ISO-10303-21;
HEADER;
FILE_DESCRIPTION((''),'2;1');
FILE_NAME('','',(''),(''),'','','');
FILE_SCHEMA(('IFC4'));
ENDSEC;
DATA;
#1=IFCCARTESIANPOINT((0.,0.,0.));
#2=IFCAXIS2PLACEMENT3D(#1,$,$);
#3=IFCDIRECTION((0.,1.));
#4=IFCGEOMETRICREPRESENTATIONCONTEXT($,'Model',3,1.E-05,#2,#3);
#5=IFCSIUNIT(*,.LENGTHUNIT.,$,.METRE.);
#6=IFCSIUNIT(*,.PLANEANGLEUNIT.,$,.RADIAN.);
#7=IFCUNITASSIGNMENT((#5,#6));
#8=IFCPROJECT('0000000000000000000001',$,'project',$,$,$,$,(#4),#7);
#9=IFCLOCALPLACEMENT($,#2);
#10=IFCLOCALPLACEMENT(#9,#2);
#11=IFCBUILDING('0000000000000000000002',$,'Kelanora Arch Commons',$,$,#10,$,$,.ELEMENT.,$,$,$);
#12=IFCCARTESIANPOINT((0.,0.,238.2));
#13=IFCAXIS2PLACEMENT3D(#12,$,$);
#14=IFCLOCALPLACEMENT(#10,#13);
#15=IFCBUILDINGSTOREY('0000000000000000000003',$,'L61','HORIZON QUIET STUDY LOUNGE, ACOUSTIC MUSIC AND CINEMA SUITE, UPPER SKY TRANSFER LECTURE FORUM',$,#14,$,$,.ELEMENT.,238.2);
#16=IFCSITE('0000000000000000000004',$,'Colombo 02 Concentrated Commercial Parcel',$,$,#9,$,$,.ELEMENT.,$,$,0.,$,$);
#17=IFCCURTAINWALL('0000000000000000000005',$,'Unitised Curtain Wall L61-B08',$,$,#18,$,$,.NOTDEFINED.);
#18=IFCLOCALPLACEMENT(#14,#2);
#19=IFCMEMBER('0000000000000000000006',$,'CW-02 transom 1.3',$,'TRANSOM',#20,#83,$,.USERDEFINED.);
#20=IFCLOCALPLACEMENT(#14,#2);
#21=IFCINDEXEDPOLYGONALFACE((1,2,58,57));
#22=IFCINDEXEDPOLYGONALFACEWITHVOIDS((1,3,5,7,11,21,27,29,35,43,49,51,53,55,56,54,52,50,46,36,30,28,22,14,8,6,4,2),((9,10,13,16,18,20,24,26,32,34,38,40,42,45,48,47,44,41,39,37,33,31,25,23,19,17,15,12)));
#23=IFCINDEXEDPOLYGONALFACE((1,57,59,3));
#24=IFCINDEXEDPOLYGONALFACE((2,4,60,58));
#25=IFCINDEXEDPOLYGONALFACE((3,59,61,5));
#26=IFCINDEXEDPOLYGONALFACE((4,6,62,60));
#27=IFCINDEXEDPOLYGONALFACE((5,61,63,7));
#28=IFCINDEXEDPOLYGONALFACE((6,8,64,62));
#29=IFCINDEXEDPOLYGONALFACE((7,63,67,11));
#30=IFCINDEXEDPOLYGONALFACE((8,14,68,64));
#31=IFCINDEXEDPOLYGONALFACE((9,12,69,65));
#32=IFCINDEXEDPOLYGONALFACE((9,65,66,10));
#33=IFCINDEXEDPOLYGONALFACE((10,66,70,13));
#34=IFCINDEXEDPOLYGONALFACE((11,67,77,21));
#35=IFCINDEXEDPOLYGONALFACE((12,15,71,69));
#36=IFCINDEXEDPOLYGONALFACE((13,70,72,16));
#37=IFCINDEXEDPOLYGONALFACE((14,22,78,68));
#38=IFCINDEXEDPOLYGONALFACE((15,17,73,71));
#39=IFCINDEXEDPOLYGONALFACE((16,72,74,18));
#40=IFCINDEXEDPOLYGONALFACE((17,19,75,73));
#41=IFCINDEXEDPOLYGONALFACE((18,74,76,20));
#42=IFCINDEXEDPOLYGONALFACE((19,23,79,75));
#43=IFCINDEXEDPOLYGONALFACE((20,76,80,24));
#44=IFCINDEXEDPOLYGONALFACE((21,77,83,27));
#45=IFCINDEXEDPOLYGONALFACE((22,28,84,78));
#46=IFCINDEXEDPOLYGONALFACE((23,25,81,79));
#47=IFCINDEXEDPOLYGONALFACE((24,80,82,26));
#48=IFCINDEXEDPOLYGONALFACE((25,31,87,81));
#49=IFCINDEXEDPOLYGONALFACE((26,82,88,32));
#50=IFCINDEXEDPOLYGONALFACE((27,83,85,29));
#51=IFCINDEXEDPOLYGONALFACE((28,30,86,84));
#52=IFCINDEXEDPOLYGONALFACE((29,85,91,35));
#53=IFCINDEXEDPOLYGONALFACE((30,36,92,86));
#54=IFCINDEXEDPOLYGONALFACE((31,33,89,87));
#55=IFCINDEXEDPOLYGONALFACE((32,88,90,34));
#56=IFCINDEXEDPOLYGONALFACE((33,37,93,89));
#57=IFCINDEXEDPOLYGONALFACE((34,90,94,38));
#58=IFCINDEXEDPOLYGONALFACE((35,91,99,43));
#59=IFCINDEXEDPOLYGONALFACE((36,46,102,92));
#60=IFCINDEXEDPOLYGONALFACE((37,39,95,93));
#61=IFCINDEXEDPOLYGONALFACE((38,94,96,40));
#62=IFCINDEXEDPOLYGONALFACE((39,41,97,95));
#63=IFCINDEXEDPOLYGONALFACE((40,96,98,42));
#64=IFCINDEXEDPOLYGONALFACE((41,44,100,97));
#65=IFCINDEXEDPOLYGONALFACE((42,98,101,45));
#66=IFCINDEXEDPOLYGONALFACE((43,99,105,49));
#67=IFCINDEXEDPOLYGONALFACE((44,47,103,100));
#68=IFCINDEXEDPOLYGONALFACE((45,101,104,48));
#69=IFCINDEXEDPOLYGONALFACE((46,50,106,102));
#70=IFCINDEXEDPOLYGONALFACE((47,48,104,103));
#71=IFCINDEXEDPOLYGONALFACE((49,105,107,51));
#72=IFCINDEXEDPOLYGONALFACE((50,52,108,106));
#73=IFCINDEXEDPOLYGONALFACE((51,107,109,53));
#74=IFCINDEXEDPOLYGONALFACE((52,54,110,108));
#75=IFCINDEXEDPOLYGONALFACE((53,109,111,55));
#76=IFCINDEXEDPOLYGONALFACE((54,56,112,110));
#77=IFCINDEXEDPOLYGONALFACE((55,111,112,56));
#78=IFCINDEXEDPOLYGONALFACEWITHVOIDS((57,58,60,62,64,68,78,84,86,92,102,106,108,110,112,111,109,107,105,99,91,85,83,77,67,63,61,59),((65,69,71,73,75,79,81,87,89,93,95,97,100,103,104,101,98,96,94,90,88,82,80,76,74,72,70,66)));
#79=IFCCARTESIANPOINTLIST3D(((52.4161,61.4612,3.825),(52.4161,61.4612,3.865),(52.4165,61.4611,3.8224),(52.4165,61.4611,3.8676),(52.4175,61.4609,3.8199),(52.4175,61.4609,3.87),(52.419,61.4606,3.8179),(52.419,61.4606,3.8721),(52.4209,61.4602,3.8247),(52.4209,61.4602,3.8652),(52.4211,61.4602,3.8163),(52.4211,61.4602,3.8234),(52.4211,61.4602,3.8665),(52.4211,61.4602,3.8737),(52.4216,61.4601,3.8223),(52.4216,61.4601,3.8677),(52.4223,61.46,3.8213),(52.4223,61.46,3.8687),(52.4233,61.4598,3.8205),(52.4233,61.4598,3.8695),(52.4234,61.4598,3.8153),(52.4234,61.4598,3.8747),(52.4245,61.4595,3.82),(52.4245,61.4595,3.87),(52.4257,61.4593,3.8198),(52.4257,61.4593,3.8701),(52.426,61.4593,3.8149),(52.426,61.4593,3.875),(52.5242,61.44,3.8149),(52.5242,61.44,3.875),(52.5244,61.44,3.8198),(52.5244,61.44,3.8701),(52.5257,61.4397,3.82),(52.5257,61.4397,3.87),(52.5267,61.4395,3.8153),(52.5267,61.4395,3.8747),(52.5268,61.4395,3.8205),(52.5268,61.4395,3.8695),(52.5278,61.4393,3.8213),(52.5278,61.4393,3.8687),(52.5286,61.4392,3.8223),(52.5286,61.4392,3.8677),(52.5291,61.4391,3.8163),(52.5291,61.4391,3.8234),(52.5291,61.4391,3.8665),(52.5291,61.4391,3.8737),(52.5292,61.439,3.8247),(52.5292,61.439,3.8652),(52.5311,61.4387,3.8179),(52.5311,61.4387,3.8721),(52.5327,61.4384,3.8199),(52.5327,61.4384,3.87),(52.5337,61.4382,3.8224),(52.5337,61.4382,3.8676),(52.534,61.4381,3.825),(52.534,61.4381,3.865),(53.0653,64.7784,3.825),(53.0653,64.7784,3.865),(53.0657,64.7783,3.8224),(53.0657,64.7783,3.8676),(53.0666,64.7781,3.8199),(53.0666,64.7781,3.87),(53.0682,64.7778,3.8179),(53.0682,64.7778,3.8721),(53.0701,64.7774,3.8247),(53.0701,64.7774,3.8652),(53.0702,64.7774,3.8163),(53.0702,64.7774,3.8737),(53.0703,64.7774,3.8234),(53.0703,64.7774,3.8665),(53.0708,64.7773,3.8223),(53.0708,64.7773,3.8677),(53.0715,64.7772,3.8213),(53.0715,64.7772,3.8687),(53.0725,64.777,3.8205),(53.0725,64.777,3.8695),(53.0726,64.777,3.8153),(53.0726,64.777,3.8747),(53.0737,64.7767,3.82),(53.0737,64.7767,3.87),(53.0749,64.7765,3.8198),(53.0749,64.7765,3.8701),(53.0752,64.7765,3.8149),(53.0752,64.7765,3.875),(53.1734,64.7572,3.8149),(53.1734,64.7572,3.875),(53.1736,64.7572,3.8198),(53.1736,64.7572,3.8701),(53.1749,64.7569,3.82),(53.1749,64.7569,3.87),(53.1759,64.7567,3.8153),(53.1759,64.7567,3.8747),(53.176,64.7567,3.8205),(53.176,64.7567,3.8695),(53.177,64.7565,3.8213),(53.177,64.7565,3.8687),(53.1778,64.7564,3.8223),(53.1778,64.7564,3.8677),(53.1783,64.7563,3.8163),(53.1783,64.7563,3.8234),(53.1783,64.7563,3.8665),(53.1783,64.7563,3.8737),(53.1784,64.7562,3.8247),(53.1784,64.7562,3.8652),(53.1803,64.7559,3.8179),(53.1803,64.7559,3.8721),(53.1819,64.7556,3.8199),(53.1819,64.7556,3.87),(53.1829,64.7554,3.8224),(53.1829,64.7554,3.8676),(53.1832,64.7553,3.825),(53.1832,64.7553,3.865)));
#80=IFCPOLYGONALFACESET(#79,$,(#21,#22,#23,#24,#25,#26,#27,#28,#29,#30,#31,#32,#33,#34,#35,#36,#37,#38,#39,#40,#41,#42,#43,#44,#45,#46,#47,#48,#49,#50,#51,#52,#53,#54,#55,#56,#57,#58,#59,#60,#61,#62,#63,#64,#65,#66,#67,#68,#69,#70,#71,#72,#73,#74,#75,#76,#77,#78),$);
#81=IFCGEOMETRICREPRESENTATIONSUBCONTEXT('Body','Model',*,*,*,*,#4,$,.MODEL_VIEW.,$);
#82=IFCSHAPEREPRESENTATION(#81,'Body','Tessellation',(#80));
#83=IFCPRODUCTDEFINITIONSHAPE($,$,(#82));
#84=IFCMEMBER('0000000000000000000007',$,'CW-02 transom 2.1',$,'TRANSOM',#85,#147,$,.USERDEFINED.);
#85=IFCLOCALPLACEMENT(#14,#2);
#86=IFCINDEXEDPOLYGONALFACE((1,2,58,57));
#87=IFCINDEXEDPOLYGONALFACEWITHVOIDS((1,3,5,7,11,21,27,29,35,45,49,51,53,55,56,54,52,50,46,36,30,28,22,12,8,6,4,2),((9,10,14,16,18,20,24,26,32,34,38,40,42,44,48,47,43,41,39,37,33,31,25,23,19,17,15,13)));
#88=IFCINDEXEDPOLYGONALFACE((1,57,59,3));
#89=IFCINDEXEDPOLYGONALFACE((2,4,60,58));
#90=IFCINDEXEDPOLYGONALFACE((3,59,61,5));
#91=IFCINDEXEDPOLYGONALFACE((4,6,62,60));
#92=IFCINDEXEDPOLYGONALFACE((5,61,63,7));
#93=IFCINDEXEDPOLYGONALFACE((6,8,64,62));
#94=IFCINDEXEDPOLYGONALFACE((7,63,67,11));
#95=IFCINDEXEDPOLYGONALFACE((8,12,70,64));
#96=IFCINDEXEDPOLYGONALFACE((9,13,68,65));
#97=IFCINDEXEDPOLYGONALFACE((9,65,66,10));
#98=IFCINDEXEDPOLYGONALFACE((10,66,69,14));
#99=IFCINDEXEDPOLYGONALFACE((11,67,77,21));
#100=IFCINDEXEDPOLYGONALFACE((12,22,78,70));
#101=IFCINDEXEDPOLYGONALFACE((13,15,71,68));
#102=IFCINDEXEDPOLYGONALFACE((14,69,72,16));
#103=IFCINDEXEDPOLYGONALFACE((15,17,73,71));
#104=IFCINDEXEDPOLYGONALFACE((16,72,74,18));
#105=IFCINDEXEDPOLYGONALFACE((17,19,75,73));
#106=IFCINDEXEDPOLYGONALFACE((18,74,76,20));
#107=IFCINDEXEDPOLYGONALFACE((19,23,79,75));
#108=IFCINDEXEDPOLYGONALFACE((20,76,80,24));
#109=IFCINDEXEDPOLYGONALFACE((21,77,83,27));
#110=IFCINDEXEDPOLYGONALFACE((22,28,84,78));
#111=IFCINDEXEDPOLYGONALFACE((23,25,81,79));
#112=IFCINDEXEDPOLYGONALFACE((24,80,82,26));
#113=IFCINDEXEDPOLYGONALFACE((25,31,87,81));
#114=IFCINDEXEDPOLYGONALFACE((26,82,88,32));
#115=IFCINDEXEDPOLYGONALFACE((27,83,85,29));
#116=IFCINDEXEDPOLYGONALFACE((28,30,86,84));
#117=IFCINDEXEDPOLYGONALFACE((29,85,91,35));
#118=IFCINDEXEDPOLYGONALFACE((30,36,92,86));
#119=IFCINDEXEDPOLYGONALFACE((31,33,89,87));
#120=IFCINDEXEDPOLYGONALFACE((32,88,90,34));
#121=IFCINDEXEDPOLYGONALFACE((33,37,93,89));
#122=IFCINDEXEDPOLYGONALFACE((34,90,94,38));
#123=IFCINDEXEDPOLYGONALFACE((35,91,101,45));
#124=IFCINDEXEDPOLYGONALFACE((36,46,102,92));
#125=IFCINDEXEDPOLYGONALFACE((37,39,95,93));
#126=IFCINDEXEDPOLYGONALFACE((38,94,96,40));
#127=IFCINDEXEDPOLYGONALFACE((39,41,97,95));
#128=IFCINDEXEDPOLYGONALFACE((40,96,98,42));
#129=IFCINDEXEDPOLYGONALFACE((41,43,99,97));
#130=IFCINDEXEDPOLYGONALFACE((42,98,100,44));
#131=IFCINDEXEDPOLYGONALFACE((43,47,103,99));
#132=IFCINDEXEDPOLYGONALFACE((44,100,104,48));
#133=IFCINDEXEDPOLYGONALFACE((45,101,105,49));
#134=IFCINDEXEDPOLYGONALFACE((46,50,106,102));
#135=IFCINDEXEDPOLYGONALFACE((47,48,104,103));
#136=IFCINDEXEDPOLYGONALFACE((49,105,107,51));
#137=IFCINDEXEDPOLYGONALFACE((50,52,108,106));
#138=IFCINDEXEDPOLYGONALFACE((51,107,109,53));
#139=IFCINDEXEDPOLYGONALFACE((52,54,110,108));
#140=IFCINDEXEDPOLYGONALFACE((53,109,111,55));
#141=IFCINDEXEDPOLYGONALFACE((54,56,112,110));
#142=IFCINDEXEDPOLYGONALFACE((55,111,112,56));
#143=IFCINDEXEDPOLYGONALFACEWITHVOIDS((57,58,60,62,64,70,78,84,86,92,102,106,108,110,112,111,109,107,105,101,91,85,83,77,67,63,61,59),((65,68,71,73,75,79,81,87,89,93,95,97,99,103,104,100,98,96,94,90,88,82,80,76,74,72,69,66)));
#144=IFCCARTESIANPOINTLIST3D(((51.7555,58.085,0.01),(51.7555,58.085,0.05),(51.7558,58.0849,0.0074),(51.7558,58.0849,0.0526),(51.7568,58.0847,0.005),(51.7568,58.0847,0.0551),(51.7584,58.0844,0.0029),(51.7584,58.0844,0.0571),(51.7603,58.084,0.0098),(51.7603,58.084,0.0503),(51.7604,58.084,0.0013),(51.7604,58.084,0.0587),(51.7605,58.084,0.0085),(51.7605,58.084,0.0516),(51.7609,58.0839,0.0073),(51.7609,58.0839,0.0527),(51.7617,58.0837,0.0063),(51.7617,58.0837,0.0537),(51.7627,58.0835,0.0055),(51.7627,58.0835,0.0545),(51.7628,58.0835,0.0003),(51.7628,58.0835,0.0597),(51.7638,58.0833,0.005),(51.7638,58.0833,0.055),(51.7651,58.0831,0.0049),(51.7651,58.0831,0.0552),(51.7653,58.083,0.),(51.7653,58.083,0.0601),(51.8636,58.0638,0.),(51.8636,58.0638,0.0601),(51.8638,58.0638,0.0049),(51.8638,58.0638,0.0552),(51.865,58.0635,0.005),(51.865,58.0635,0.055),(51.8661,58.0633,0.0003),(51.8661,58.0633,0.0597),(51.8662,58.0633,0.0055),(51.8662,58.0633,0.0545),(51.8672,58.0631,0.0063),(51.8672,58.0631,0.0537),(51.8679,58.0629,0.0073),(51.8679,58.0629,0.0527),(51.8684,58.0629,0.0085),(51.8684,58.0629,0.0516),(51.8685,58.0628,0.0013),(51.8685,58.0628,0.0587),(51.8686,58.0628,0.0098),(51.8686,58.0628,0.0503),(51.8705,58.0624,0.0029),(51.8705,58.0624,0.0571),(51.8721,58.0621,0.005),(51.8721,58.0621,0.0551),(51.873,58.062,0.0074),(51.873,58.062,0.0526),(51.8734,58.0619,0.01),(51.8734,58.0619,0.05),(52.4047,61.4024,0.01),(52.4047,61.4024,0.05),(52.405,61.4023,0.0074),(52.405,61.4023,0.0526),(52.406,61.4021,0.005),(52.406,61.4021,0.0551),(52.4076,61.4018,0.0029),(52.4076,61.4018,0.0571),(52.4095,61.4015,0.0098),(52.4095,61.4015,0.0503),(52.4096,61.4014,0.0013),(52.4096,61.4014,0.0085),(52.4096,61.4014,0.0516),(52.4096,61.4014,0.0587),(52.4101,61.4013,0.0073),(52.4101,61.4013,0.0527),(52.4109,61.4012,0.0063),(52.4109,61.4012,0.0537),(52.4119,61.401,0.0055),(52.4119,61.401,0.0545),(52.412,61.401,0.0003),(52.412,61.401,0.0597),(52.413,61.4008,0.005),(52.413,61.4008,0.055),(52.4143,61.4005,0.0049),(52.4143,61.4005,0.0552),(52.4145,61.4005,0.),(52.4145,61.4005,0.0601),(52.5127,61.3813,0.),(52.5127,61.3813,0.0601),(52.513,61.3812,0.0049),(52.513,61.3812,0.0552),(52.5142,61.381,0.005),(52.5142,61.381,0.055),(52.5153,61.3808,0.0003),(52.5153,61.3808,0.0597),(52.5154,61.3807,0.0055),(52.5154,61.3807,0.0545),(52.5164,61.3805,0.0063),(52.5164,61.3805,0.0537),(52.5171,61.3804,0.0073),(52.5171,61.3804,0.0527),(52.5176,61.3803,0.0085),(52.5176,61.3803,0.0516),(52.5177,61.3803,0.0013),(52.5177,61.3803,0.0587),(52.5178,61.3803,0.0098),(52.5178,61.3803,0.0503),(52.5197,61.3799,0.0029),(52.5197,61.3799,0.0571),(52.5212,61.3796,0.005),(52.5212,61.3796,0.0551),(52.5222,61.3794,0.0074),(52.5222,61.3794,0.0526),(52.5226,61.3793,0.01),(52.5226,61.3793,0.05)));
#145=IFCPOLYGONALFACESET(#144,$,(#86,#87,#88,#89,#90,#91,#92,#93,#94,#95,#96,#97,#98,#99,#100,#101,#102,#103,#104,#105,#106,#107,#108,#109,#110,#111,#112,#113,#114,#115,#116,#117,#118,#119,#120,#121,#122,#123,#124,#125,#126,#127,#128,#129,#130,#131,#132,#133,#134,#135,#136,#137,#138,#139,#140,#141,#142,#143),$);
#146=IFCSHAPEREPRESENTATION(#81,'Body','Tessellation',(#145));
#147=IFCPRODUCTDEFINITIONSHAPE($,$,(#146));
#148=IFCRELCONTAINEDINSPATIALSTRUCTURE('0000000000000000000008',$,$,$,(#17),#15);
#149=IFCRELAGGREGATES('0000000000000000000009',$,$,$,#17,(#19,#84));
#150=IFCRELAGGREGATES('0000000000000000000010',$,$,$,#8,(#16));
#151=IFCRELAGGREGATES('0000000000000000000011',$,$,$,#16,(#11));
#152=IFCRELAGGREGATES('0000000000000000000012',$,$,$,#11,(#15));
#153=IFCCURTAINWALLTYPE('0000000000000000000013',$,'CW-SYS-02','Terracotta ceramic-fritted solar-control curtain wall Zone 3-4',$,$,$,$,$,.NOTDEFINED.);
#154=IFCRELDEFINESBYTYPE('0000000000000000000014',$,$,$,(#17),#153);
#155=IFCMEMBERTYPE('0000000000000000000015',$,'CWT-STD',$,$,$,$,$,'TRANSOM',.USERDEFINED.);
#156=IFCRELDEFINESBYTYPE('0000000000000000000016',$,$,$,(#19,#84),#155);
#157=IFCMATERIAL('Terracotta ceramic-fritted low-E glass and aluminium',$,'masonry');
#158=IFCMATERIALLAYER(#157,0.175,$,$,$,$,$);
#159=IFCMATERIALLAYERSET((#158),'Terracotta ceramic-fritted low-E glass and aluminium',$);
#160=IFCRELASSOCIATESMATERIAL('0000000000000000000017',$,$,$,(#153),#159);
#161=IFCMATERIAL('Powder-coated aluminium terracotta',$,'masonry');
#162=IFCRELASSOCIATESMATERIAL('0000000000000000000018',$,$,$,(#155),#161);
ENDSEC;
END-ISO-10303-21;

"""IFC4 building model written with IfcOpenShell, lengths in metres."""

from ifc_helpers import new_model, si_unit, direction, frame, origin, origin_2d, place, context, subcontext, project, spatial, hollow_rectangle, extrude, material, layer, layer_set, material_profile, profile_set, type_object, element, aggregate, save


model = new_model("IFC4")

# Units and contexts
model_context = context("Model", 3, precision=1e-05, world=origin(), true_north=direction((0.0, 1.0)))
body_context = subcontext(model_context, "Body", "Model", "MODEL_VIEW")
ifc_project = project(units=[si_unit("LENGTHUNIT", "METRE"), si_unit("PLANEANGLEUNIT", "RADIAN")], contexts=[model_context])

# Site, building, storey
site_placement = place(None, origin())
site = spatial("IfcSite", under=ifc_project, at=site_placement, Name="Colombo 02 Concentrated Commercial Parcel", CompositionType="ELEMENT", RefElevation=0.0)
building_placement = place(site_placement, origin())
building = spatial("IfcBuilding", under=site, at=building_placement, Name="Kelanora Arch Commons", CompositionType="ELEMENT")
storey_placement = place(building_placement, frame((0.0, 0.0, 238.2)))
storey = spatial("IfcBuildingStorey", under=building, at=storey_placement, Name="L61", Description="HORIZON QUIET STUDY LOUNGE, ACOUSTIC MUSIC AND CINEMA SUITE, UPPER SKY TRANSFER LECTURE FORUM", CompositionType="ELEMENT", Elevation=238.2)

# Curtain wall, members
ifc_material_1 = material(Name="Terracotta ceramic-fritted low-E glass and aluminium", Category="masonry")
ifc_layer_1 = layer(ifc_material_1, 0.175)
ifc_layer_set_1 = layer_set([ifc_layer_1], Name="Terracotta ceramic-fritted low-E glass and aluminium")
curtain_wall_type = type_object("IfcCurtainWallType", Name="CW-SYS-02", Description="Terracotta ceramic-fritted solar-control curtain wall Zone 3-4", PredefinedType="NOTDEFINED", material=ifc_layer_set_1)
curtain_wall_placement = place(storey_placement, origin())
curtain_wall = element("IfcCurtainWall", 1, at=curtain_wall_placement, inside=storey, type_object=curtain_wall_type, Name="Unitised Curtain Wall L61-B08", PredefinedType="NOTDEFINED")
ifc_material_2 = material(Name="Powder-coated aluminium terracotta", Category="masonry")
ifc_material_profile_1 = material_profile(ifc_material_2, hollow_rectangle(XDim=0.1201, YDim=0.0601, WallThickness=0.0049, InnerFilletRadius=0.0049, OuterFilletRadius=0.01, at=origin_2d()), Name="CWT120x60")
ifc_profile_set_1 = profile_set([ifc_material_profile_1], Name="Powder-coated aluminium terracotta")
member_type_1 = type_object("IfcMemberType", Name="CWT-STD", ElementType="TRANSOM", PredefinedType="USERDEFINED", material=ifc_profile_set_1)
member_1_placement = place(storey_placement, frame((53.1243, 64.7668, 3.845), z_axis=(-0.192058, -0.981383, 0.0), x_axis=(0.981383, -0.192058, 0.0)))
member_1 = element("IfcMember", 2, at=member_1_placement, type_object=member_type_1, Name="CW-02 transom 1.3", ObjectType="TRANSOM", PredefinedType="USERDEFINED", context=body_context, shape_type="SweptSolid", body=[
    extrude(hollow_rectangle(XDim=0.1201, YDim=0.0601, WallThickness=0.0049, InnerFilletRadius=0.0049, OuterFilletRadius=0.01, at=origin_2d()), origin(), (0.0, 0.0, 1.0), 3.3801),
])
member_2_placement = place(storey_placement, frame((52.4636, 61.3909, 0.03), z_axis=(-0.192045, -0.981386, 0.0), x_axis=(0.981386, -0.192045, 0.0)))
member_2 = element("IfcMember", 3, at=member_2_placement, type_object=member_type_1, Name="CW-02 transom 2.1", ObjectType="TRANSOM", PredefinedType="USERDEFINED", context=body_context, shape_type="SweptSolid", body=[
    extrude(hollow_rectangle(XDim=0.1201, YDim=0.0601, WallThickness=0.0049, InnerFilletRadius=0.0049, OuterFilletRadius=0.01, at=origin_2d()), origin(), (0.0, 0.0, 1.0), 3.3804),
])
aggregate(curtain_wall, [member_1, member_2])

save(model, "model.ifc")
